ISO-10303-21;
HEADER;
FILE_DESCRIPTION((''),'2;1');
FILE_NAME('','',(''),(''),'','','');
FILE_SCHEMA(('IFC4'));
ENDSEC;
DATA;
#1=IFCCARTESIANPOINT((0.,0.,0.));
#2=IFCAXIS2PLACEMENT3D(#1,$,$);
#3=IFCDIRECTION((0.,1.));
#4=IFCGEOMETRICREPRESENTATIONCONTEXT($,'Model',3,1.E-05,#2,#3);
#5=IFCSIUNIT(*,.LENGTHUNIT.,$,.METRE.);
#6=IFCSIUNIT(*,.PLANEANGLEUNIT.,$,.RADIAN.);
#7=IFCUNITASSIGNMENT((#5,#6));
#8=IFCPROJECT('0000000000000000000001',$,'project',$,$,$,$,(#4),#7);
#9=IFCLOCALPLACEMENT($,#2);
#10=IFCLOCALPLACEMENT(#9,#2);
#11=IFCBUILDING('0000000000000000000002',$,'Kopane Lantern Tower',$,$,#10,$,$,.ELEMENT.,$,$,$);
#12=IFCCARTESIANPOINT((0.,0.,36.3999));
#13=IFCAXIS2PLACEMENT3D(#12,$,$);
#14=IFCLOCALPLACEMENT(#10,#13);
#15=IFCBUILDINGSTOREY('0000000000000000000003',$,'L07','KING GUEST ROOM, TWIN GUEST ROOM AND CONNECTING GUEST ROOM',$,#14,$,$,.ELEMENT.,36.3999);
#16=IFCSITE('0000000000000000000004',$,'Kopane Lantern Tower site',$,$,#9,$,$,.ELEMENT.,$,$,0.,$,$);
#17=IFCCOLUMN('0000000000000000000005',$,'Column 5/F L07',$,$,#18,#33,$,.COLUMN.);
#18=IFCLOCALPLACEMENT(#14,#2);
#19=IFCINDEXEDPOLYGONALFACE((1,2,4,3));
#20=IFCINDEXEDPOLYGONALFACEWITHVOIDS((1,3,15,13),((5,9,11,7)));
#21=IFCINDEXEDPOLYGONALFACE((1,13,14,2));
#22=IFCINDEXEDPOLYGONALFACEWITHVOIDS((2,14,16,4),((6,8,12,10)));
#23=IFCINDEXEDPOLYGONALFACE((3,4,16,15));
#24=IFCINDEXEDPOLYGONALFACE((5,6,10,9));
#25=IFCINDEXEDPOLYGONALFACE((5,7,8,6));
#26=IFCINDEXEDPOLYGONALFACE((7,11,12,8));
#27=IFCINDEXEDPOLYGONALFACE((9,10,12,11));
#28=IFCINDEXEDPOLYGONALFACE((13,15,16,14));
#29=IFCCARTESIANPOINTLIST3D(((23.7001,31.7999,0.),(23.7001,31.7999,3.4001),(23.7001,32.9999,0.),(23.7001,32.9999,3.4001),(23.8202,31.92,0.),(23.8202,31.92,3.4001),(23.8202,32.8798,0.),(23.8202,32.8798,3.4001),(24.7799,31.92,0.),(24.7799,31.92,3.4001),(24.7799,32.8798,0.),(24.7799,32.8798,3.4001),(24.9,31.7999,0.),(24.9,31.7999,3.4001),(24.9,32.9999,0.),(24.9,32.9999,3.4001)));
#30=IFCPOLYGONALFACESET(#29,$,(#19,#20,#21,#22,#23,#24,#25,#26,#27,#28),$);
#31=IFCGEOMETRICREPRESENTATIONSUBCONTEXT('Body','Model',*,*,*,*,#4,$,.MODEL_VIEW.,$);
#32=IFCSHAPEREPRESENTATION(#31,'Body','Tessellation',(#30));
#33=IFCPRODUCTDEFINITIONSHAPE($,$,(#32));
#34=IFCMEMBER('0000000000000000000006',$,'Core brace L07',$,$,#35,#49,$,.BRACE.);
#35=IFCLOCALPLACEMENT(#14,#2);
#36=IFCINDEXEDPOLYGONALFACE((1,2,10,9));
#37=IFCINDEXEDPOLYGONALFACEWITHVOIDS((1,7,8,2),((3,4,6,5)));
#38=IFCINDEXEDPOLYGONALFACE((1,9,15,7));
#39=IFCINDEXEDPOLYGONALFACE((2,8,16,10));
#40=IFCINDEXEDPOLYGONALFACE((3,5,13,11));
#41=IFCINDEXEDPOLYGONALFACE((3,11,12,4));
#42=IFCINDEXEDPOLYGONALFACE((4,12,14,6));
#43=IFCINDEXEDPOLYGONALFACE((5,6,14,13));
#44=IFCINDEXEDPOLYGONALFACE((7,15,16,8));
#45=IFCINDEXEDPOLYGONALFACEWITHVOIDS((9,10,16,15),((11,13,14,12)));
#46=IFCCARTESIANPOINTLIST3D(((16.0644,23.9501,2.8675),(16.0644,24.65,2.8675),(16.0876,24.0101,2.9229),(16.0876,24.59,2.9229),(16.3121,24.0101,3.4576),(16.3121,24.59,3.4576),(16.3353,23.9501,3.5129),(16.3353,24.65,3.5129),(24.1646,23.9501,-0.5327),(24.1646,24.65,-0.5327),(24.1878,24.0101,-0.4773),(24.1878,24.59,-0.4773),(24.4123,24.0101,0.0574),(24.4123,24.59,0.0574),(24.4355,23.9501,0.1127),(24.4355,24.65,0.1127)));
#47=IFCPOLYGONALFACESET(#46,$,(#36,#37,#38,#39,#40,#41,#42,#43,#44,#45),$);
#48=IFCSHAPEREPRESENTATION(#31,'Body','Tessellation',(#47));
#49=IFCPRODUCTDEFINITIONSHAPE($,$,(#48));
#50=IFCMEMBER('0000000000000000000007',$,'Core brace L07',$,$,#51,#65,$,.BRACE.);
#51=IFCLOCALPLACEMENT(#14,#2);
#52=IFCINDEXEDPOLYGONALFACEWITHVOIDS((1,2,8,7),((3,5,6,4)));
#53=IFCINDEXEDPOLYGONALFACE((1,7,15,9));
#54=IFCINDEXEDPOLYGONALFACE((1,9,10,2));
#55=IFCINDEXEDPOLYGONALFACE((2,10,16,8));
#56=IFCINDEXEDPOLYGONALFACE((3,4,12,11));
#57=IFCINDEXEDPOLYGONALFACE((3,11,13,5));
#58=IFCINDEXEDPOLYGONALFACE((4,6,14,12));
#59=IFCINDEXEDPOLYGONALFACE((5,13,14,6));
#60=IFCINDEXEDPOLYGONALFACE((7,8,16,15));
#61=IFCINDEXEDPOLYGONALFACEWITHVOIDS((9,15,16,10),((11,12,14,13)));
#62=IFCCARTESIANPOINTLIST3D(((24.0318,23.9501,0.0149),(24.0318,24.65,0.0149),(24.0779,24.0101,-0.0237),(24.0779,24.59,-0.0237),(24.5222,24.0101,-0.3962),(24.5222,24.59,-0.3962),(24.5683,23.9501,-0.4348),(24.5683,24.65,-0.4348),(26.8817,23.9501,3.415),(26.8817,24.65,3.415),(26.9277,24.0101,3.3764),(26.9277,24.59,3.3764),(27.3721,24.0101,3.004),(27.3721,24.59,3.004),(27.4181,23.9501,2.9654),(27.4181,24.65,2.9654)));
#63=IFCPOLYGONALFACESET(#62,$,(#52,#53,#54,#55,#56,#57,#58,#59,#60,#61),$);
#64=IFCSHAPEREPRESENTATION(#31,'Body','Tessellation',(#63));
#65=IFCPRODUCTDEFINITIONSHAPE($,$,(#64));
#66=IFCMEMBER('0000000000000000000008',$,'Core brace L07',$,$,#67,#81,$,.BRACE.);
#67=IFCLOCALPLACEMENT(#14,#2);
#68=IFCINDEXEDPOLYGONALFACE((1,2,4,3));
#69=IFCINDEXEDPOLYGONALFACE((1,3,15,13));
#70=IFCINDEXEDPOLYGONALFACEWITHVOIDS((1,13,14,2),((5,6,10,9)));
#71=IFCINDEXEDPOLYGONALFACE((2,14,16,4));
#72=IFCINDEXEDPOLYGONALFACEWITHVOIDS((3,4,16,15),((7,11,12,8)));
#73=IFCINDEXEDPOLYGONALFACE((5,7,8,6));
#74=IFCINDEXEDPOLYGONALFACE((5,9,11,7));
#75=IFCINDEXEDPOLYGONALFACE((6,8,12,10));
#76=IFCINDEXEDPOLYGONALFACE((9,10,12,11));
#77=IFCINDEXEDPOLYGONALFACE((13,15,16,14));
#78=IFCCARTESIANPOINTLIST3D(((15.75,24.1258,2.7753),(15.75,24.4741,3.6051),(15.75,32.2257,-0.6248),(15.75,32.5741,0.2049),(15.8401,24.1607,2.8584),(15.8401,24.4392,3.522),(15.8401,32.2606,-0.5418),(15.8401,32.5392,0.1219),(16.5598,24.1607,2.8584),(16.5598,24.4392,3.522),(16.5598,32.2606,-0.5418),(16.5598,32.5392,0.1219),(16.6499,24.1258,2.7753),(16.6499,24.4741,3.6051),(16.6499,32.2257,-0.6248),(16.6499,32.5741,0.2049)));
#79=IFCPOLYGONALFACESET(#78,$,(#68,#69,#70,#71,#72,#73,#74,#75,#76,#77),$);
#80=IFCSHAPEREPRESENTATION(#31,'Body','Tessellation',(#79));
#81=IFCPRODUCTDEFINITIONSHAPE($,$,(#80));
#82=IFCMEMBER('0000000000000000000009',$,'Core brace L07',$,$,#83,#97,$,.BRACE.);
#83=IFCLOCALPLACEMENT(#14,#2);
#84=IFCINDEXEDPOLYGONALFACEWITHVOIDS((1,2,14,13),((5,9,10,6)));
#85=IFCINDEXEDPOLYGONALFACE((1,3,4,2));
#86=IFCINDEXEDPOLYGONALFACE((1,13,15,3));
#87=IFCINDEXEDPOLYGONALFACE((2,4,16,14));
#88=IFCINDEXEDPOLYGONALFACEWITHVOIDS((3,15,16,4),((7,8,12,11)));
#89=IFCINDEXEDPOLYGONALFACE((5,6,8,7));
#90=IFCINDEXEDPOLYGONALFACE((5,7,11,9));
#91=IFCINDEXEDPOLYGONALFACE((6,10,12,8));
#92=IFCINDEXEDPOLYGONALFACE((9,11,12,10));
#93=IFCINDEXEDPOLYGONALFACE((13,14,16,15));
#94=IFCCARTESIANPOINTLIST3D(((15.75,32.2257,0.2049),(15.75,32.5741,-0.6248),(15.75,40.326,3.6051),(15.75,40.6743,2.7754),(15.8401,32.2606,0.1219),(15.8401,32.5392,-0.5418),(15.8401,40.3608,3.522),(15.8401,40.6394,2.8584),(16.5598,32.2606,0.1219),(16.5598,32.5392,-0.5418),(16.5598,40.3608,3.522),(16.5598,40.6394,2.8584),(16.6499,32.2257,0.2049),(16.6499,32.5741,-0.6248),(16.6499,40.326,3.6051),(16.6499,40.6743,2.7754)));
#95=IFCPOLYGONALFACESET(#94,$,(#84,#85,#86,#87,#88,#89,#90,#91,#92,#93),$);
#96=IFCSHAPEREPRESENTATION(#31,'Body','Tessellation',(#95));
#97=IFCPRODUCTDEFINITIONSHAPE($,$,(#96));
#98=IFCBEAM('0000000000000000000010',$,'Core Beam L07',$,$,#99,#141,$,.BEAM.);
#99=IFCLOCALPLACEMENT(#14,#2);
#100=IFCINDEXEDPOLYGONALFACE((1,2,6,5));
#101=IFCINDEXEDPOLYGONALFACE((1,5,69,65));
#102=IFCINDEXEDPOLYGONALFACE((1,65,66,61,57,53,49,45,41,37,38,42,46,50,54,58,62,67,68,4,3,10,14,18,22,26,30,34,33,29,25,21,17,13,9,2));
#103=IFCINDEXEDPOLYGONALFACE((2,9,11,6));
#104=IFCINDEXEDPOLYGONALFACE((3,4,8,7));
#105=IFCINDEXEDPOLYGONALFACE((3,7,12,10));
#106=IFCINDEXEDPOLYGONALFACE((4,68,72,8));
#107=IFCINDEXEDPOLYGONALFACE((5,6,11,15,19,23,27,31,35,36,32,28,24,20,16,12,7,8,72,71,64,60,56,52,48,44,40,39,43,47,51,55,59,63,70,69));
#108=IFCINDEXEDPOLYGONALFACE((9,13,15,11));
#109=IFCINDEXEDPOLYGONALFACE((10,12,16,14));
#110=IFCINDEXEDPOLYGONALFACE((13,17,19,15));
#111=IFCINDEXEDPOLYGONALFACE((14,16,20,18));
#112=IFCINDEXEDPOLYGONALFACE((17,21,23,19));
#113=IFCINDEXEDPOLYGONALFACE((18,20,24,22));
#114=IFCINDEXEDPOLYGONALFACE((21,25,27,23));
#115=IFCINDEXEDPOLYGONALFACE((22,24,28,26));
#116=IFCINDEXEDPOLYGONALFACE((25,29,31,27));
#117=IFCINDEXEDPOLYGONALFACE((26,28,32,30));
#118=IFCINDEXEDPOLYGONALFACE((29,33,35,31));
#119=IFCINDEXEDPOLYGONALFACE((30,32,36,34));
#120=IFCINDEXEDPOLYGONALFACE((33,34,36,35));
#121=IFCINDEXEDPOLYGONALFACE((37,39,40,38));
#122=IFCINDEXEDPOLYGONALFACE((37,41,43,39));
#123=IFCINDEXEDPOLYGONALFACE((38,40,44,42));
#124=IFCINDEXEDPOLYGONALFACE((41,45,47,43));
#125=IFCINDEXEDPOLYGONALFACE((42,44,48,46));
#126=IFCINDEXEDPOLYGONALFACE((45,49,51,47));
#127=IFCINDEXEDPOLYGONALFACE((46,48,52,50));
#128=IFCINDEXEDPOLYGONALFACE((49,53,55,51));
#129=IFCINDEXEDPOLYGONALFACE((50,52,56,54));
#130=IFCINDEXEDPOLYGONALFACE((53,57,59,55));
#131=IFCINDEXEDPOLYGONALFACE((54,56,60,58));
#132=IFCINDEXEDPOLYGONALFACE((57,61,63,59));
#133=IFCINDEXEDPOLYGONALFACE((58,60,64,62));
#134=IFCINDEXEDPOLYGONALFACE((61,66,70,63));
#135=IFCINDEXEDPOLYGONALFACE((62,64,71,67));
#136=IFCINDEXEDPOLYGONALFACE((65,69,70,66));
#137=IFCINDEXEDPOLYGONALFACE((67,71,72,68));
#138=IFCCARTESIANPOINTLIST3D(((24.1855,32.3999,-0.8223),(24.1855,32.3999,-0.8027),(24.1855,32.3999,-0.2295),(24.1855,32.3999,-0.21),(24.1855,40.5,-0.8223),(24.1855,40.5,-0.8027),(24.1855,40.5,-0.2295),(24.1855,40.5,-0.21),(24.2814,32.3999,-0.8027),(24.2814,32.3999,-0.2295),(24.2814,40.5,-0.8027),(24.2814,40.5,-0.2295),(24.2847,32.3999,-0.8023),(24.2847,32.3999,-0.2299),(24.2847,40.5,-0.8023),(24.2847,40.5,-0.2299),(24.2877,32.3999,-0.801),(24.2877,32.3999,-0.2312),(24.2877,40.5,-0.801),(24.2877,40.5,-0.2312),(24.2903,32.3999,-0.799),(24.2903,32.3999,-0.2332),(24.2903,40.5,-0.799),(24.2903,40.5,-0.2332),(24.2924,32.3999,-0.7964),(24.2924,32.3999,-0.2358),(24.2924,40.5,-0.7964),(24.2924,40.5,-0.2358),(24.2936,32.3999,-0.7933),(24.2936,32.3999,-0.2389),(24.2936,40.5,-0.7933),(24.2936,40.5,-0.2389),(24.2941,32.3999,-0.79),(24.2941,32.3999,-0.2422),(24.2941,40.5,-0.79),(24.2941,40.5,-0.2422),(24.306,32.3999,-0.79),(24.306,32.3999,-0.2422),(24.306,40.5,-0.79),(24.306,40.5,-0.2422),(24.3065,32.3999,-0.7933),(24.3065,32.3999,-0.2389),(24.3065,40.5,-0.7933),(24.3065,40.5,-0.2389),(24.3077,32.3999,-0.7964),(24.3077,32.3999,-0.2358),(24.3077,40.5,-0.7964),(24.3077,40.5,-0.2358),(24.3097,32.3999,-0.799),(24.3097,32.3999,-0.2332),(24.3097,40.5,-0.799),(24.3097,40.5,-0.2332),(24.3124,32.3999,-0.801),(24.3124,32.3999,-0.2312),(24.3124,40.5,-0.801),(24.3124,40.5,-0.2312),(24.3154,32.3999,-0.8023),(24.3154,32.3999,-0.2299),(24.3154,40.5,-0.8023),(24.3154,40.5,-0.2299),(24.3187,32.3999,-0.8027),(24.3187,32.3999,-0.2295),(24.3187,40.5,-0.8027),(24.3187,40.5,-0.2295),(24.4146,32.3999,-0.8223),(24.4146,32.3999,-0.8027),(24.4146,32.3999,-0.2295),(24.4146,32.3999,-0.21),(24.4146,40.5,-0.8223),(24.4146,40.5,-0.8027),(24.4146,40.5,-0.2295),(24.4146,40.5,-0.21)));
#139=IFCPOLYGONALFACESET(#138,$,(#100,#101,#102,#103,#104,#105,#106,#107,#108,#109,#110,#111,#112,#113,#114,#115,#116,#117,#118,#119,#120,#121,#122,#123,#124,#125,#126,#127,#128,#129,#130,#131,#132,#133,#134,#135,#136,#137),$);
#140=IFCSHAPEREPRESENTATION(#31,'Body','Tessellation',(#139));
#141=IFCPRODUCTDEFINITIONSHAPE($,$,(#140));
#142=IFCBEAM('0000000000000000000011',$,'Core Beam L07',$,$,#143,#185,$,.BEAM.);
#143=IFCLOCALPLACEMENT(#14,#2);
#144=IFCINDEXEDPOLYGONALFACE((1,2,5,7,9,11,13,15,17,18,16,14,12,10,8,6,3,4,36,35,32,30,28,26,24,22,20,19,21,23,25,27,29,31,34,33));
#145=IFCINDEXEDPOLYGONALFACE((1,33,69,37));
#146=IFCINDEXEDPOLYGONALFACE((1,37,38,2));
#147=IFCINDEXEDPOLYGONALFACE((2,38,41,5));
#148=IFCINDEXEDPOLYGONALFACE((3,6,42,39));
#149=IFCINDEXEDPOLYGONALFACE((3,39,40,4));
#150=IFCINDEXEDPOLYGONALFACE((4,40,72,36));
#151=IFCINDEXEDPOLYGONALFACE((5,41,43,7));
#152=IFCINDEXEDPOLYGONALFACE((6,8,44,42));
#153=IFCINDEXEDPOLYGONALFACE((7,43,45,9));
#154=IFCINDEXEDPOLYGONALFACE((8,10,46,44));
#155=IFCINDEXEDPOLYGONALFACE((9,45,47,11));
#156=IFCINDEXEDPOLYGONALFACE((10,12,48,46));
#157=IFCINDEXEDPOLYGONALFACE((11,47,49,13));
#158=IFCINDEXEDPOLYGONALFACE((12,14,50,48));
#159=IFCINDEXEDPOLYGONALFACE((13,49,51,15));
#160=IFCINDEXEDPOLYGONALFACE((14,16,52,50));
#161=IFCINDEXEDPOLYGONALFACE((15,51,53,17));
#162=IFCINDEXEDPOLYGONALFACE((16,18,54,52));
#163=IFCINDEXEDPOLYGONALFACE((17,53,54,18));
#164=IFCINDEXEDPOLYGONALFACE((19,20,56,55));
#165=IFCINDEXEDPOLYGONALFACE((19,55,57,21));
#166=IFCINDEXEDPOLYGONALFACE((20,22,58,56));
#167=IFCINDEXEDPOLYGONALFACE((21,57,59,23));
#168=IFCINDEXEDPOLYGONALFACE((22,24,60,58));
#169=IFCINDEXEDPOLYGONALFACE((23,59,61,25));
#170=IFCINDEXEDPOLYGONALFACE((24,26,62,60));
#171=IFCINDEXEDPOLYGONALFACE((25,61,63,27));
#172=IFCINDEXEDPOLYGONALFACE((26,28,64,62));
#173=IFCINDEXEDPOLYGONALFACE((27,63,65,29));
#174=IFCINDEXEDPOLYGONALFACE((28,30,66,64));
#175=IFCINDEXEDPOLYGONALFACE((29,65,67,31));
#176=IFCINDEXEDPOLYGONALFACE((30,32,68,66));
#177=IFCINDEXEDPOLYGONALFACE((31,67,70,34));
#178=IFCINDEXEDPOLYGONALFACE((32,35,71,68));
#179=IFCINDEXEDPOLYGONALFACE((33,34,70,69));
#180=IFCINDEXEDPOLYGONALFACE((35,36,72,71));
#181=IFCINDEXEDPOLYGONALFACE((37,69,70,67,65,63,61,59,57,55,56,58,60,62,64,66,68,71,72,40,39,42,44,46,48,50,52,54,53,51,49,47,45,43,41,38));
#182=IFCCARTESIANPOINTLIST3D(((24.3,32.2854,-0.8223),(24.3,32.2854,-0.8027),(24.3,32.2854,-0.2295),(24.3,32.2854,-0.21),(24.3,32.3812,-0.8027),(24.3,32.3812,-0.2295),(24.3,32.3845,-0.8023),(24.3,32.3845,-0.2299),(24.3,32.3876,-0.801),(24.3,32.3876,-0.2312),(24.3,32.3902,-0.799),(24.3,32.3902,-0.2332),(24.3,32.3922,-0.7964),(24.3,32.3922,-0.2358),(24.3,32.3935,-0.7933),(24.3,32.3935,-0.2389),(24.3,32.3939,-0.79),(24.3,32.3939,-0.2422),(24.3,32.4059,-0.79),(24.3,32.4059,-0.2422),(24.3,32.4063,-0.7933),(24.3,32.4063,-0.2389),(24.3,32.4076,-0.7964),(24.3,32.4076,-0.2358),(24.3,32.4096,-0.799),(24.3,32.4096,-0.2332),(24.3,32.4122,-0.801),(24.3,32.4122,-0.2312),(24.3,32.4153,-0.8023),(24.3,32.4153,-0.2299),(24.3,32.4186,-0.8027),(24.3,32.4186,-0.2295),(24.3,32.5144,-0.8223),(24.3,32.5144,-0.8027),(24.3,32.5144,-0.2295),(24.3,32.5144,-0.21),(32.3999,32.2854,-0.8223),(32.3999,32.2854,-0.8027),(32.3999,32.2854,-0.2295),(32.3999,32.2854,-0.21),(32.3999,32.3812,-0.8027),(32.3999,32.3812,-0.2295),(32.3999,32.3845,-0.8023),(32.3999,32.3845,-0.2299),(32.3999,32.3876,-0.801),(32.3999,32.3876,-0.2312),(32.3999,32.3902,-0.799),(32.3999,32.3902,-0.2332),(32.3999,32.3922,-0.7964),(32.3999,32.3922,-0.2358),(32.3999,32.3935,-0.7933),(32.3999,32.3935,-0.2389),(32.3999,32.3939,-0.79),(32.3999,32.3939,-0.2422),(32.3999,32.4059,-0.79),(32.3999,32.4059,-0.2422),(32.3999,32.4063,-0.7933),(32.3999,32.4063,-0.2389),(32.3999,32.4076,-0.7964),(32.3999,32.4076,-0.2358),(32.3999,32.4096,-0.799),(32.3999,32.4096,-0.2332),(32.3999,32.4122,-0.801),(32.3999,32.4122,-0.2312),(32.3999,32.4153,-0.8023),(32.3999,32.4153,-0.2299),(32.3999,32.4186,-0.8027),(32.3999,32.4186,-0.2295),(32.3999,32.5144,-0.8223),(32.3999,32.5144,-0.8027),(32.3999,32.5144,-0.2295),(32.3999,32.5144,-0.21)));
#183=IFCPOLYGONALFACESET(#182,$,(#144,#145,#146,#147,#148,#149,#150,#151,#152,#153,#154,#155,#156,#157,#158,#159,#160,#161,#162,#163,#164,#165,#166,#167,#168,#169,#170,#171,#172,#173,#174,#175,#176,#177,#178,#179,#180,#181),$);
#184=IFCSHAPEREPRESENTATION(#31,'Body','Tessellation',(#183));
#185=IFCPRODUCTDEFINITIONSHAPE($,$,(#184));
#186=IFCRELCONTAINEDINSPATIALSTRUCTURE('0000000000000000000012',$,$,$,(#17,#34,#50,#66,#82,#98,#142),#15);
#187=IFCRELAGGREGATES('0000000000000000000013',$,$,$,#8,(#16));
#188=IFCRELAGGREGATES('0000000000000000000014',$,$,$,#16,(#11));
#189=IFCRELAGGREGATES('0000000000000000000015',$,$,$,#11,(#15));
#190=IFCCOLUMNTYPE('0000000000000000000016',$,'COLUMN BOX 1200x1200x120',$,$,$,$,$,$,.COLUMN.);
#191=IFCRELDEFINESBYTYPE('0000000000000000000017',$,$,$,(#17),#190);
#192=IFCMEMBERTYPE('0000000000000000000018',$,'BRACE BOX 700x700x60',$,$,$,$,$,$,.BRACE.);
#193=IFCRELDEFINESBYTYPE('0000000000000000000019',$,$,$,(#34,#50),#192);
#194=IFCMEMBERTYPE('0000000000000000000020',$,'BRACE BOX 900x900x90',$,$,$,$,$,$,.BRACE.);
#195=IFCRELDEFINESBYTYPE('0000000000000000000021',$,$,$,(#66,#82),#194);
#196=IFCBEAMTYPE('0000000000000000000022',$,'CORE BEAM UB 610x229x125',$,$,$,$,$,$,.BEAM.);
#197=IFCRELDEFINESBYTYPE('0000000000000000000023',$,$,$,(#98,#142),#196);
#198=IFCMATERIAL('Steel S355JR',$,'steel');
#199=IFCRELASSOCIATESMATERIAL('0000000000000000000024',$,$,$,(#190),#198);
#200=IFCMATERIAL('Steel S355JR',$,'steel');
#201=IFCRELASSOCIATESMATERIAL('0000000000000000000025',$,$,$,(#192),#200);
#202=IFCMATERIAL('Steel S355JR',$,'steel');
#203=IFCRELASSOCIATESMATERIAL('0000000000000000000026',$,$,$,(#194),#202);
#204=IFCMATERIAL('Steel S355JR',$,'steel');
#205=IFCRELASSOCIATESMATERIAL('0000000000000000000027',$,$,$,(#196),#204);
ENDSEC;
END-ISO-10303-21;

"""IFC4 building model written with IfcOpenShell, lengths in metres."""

from ifc_helpers import new_model, si_unit, direction, frame, origin, origin_2d, place, context, subcontext, project, spatial, hollow_rectangle, i_section, extrude, material, material_profile, profile_set, type_object, element, save


model = new_model("IFC4")

# Units and contexts
model_context = context("Model", 3, precision=1e-05, world=origin(), true_north=direction((0.0, 1.0)))
body_context = subcontext(model_context, "Body", "Model", "MODEL_VIEW")
ifc_project = project(units=[si_unit("LENGTHUNIT", "METRE"), si_unit("PLANEANGLEUNIT", "RADIAN")], contexts=[model_context])

# Site, building, storey
site_placement = place(None, origin())
site = spatial("IfcSite", under=ifc_project, at=site_placement, Name="Kopane Lantern Tower site", CompositionType="ELEMENT", RefElevation=0.0)
building_placement = place(site_placement, origin())
building = spatial("IfcBuilding", under=site, at=building_placement, Name="Kopane Lantern Tower", CompositionType="ELEMENT")
storey_placement = place(building_placement, frame((0.0, 0.0, 36.3999)))
storey = spatial("IfcBuildingStorey", under=building, at=storey_placement, Name="L07", Description="KING GUEST ROOM, TWIN GUEST ROOM AND CONNECTING GUEST ROOM", CompositionType="ELEMENT", Elevation=36.3999)

# Column
ifc_material_1 = material(Name="Steel S355JR", Category="steel")
ifc_material_profile_1 = material_profile(ifc_material_1, hollow_rectangle(XDim=1.2, YDim=1.2, WallThickness=0.1201, at=origin_2d()), Name="BOX 1200x1200x120")
ifc_profile_set_1 = profile_set([ifc_material_profile_1], Name="Steel S355JR")
column_type = type_object("IfcColumnType", Name="COLUMN BOX 1200x1200x120", PredefinedType="COLUMN", material=ifc_profile_set_1)
column_placement = place(storey_placement, frame((24.3, 32.3999, 0.0), z_axis=(0.0, 0.0, 1.0), x_axis=(1.0, 0.0, 0.0)))
element("IfcColumn", 1, at=column_placement, inside=storey, type_object=column_type, Name="Column 5/F L07", PredefinedType="COLUMN", context=body_context, shape_type="SweptSolid", body=[
    extrude(hollow_rectangle(XDim=1.2, YDim=1.2, WallThickness=0.1201, at=origin_2d()), origin(), (0.0, 0.0, 1.0), 3.4001),
])

# Members
ifc_material_2 = material(Name="Steel S355JR", Category="steel")
ifc_material_profile_2 = material_profile(ifc_material_2, hollow_rectangle(XDim=0.7, YDim=0.7, WallThickness=0.0601, at=origin_2d()), Name="BOX 700x700x60")
ifc_profile_set_2 = profile_set([ifc_material_profile_2], Name="Steel S355JR")
member_type_1 = type_object("IfcMemberType", Name="BRACE BOX 700x700x60", PredefinedType="BRACE", material=ifc_profile_set_2)
member_1_placement = place(storey_placement, frame((24.3, 24.3, -0.21), z_axis=(-0.922059, 0.0, 0.387049), x_axis=(0.0, -1.0, 0.0)))
element("IfcMember", 2, at=member_1_placement, inside=storey, type_object=member_type_1, Name="Core brace L07", PredefinedType="BRACE", context=body_context, shape_type="SweptSolid", body=[
    extrude(hollow_rectangle(XDim=0.7, YDim=0.7, WallThickness=0.0601, at=origin_2d()), origin(), (0.0, 0.0, 1.0), 8.7849),
])
member_2_placement = place(storey_placement, frame((24.3, 24.3, -0.21), z_axis=(0.642363, 0.0, 0.7664), x_axis=(0.0, 1.0, 0.0)))
element("IfcMember", 3, at=member_2_placement, inside=storey, type_object=member_type_1, Name="Core brace L07", PredefinedType="BRACE", context=body_context, shape_type="SweptSolid", body=[
    extrude(hollow_rectangle(XDim=0.7, YDim=0.7, WallThickness=0.0601, at=origin_2d()), origin(), (0.0, 0.0, 1.0), 4.4365),
])
ifc_material_3 = material(Name="Steel S355JR", Category="steel")
ifc_material_profile_3 = material_profile(ifc_material_3, hollow_rectangle(XDim=0.8999, YDim=0.8999, WallThickness=0.0901, at=origin_2d()), Name="BOX 900x900x90")
ifc_profile_set_3 = profile_set([ifc_material_profile_3], Name="Steel S355JR")
member_type_2 = type_object("IfcMemberType", Name="BRACE BOX 900x900x90", PredefinedType="BRACE", material=ifc_profile_set_3)
member_3_placement = place(storey_placement, frame((16.2, 32.3999, -0.21), z_axis=(0.0, -0.922055, 0.387059), x_axis=(1.0, 0.0, 0.0)))
element("IfcMember", 4, at=member_3_placement, inside=storey, type_object=member_type_2, Name="Core brace L07", PredefinedType="BRACE", context=body_context, shape_type="SweptSolid", body=[
    extrude(hollow_rectangle(XDim=0.8999, YDim=0.8999, WallThickness=0.0901, at=origin_2d()), origin(), (0.0, 0.0, 1.0), 8.7847),
])
member_4_placement = place(storey_placement, frame((16.2, 32.3999, -0.21), z_axis=(0.0, 0.922059, 0.387049), x_axis=(-1.0, 0.0, 0.0)))
element("IfcMember", 5, at=member_4_placement, inside=storey, type_object=member_type_2, Name="Core brace L07", PredefinedType="BRACE", context=body_context, shape_type="SweptSolid", body=[
    extrude(hollow_rectangle(XDim=0.8999, YDim=0.8999, WallThickness=0.0901, at=origin_2d()), origin(), (0.0, 0.0, 1.0), 8.7849),
])

# Beams
ifc_material_4 = material(Name="Steel S355JR", Category="steel")
ifc_material_profile_4 = material_profile(ifc_material_4, i_section(OverallWidth=0.229, OverallDepth=0.6123, WebThickness=0.012, FlangeThickness=0.0195, FilletRadius=0.0127, at=origin_2d()), Name="UB 610x229x125")
ifc_profile_set_4 = profile_set([ifc_material_profile_4], Name="Steel S355JR")
beam_type = type_object("IfcBeamType", Name="CORE BEAM UB 610x229x125", PredefinedType="BEAM", material=ifc_profile_set_4)
beam_1_placement = place(storey_placement, frame((24.3, 32.3999, -0.5161), z_axis=(0.0, 1.0, 0.0), x_axis=(-1.0, 0.0, 0.0)))
element("IfcBeam", 6, at=beam_1_placement, inside=storey, type_object=beam_type, Name="Core Beam L07", PredefinedType="BEAM", context=body_context, shape_type="SweptSolid", body=[
    extrude(i_section(OverallWidth=0.229, OverallDepth=0.6123, WebThickness=0.012, FlangeThickness=0.0195, FilletRadius=0.0127, at=origin_2d()), origin(), (0.0, 0.0, 1.0), 8.1001),
])
beam_2_placement = place(storey_placement, frame((24.3, 32.3999, -0.5161), z_axis=(1.0, 0.0, 0.0), x_axis=(0.0, 1.0, 0.0)))
element("IfcBeam", 7, at=beam_2_placement, inside=storey, type_object=beam_type, Name="Core Beam L07", PredefinedType="BEAM", context=body_context, shape_type="SweptSolid", body=[
    extrude(i_section(OverallWidth=0.229, OverallDepth=0.6123, WebThickness=0.012, FlangeThickness=0.0195, FilletRadius=0.0127, at=origin_2d()), origin(), (0.0, 0.0, 1.0), 8.0999),
])

save(model, "model.ifc")
